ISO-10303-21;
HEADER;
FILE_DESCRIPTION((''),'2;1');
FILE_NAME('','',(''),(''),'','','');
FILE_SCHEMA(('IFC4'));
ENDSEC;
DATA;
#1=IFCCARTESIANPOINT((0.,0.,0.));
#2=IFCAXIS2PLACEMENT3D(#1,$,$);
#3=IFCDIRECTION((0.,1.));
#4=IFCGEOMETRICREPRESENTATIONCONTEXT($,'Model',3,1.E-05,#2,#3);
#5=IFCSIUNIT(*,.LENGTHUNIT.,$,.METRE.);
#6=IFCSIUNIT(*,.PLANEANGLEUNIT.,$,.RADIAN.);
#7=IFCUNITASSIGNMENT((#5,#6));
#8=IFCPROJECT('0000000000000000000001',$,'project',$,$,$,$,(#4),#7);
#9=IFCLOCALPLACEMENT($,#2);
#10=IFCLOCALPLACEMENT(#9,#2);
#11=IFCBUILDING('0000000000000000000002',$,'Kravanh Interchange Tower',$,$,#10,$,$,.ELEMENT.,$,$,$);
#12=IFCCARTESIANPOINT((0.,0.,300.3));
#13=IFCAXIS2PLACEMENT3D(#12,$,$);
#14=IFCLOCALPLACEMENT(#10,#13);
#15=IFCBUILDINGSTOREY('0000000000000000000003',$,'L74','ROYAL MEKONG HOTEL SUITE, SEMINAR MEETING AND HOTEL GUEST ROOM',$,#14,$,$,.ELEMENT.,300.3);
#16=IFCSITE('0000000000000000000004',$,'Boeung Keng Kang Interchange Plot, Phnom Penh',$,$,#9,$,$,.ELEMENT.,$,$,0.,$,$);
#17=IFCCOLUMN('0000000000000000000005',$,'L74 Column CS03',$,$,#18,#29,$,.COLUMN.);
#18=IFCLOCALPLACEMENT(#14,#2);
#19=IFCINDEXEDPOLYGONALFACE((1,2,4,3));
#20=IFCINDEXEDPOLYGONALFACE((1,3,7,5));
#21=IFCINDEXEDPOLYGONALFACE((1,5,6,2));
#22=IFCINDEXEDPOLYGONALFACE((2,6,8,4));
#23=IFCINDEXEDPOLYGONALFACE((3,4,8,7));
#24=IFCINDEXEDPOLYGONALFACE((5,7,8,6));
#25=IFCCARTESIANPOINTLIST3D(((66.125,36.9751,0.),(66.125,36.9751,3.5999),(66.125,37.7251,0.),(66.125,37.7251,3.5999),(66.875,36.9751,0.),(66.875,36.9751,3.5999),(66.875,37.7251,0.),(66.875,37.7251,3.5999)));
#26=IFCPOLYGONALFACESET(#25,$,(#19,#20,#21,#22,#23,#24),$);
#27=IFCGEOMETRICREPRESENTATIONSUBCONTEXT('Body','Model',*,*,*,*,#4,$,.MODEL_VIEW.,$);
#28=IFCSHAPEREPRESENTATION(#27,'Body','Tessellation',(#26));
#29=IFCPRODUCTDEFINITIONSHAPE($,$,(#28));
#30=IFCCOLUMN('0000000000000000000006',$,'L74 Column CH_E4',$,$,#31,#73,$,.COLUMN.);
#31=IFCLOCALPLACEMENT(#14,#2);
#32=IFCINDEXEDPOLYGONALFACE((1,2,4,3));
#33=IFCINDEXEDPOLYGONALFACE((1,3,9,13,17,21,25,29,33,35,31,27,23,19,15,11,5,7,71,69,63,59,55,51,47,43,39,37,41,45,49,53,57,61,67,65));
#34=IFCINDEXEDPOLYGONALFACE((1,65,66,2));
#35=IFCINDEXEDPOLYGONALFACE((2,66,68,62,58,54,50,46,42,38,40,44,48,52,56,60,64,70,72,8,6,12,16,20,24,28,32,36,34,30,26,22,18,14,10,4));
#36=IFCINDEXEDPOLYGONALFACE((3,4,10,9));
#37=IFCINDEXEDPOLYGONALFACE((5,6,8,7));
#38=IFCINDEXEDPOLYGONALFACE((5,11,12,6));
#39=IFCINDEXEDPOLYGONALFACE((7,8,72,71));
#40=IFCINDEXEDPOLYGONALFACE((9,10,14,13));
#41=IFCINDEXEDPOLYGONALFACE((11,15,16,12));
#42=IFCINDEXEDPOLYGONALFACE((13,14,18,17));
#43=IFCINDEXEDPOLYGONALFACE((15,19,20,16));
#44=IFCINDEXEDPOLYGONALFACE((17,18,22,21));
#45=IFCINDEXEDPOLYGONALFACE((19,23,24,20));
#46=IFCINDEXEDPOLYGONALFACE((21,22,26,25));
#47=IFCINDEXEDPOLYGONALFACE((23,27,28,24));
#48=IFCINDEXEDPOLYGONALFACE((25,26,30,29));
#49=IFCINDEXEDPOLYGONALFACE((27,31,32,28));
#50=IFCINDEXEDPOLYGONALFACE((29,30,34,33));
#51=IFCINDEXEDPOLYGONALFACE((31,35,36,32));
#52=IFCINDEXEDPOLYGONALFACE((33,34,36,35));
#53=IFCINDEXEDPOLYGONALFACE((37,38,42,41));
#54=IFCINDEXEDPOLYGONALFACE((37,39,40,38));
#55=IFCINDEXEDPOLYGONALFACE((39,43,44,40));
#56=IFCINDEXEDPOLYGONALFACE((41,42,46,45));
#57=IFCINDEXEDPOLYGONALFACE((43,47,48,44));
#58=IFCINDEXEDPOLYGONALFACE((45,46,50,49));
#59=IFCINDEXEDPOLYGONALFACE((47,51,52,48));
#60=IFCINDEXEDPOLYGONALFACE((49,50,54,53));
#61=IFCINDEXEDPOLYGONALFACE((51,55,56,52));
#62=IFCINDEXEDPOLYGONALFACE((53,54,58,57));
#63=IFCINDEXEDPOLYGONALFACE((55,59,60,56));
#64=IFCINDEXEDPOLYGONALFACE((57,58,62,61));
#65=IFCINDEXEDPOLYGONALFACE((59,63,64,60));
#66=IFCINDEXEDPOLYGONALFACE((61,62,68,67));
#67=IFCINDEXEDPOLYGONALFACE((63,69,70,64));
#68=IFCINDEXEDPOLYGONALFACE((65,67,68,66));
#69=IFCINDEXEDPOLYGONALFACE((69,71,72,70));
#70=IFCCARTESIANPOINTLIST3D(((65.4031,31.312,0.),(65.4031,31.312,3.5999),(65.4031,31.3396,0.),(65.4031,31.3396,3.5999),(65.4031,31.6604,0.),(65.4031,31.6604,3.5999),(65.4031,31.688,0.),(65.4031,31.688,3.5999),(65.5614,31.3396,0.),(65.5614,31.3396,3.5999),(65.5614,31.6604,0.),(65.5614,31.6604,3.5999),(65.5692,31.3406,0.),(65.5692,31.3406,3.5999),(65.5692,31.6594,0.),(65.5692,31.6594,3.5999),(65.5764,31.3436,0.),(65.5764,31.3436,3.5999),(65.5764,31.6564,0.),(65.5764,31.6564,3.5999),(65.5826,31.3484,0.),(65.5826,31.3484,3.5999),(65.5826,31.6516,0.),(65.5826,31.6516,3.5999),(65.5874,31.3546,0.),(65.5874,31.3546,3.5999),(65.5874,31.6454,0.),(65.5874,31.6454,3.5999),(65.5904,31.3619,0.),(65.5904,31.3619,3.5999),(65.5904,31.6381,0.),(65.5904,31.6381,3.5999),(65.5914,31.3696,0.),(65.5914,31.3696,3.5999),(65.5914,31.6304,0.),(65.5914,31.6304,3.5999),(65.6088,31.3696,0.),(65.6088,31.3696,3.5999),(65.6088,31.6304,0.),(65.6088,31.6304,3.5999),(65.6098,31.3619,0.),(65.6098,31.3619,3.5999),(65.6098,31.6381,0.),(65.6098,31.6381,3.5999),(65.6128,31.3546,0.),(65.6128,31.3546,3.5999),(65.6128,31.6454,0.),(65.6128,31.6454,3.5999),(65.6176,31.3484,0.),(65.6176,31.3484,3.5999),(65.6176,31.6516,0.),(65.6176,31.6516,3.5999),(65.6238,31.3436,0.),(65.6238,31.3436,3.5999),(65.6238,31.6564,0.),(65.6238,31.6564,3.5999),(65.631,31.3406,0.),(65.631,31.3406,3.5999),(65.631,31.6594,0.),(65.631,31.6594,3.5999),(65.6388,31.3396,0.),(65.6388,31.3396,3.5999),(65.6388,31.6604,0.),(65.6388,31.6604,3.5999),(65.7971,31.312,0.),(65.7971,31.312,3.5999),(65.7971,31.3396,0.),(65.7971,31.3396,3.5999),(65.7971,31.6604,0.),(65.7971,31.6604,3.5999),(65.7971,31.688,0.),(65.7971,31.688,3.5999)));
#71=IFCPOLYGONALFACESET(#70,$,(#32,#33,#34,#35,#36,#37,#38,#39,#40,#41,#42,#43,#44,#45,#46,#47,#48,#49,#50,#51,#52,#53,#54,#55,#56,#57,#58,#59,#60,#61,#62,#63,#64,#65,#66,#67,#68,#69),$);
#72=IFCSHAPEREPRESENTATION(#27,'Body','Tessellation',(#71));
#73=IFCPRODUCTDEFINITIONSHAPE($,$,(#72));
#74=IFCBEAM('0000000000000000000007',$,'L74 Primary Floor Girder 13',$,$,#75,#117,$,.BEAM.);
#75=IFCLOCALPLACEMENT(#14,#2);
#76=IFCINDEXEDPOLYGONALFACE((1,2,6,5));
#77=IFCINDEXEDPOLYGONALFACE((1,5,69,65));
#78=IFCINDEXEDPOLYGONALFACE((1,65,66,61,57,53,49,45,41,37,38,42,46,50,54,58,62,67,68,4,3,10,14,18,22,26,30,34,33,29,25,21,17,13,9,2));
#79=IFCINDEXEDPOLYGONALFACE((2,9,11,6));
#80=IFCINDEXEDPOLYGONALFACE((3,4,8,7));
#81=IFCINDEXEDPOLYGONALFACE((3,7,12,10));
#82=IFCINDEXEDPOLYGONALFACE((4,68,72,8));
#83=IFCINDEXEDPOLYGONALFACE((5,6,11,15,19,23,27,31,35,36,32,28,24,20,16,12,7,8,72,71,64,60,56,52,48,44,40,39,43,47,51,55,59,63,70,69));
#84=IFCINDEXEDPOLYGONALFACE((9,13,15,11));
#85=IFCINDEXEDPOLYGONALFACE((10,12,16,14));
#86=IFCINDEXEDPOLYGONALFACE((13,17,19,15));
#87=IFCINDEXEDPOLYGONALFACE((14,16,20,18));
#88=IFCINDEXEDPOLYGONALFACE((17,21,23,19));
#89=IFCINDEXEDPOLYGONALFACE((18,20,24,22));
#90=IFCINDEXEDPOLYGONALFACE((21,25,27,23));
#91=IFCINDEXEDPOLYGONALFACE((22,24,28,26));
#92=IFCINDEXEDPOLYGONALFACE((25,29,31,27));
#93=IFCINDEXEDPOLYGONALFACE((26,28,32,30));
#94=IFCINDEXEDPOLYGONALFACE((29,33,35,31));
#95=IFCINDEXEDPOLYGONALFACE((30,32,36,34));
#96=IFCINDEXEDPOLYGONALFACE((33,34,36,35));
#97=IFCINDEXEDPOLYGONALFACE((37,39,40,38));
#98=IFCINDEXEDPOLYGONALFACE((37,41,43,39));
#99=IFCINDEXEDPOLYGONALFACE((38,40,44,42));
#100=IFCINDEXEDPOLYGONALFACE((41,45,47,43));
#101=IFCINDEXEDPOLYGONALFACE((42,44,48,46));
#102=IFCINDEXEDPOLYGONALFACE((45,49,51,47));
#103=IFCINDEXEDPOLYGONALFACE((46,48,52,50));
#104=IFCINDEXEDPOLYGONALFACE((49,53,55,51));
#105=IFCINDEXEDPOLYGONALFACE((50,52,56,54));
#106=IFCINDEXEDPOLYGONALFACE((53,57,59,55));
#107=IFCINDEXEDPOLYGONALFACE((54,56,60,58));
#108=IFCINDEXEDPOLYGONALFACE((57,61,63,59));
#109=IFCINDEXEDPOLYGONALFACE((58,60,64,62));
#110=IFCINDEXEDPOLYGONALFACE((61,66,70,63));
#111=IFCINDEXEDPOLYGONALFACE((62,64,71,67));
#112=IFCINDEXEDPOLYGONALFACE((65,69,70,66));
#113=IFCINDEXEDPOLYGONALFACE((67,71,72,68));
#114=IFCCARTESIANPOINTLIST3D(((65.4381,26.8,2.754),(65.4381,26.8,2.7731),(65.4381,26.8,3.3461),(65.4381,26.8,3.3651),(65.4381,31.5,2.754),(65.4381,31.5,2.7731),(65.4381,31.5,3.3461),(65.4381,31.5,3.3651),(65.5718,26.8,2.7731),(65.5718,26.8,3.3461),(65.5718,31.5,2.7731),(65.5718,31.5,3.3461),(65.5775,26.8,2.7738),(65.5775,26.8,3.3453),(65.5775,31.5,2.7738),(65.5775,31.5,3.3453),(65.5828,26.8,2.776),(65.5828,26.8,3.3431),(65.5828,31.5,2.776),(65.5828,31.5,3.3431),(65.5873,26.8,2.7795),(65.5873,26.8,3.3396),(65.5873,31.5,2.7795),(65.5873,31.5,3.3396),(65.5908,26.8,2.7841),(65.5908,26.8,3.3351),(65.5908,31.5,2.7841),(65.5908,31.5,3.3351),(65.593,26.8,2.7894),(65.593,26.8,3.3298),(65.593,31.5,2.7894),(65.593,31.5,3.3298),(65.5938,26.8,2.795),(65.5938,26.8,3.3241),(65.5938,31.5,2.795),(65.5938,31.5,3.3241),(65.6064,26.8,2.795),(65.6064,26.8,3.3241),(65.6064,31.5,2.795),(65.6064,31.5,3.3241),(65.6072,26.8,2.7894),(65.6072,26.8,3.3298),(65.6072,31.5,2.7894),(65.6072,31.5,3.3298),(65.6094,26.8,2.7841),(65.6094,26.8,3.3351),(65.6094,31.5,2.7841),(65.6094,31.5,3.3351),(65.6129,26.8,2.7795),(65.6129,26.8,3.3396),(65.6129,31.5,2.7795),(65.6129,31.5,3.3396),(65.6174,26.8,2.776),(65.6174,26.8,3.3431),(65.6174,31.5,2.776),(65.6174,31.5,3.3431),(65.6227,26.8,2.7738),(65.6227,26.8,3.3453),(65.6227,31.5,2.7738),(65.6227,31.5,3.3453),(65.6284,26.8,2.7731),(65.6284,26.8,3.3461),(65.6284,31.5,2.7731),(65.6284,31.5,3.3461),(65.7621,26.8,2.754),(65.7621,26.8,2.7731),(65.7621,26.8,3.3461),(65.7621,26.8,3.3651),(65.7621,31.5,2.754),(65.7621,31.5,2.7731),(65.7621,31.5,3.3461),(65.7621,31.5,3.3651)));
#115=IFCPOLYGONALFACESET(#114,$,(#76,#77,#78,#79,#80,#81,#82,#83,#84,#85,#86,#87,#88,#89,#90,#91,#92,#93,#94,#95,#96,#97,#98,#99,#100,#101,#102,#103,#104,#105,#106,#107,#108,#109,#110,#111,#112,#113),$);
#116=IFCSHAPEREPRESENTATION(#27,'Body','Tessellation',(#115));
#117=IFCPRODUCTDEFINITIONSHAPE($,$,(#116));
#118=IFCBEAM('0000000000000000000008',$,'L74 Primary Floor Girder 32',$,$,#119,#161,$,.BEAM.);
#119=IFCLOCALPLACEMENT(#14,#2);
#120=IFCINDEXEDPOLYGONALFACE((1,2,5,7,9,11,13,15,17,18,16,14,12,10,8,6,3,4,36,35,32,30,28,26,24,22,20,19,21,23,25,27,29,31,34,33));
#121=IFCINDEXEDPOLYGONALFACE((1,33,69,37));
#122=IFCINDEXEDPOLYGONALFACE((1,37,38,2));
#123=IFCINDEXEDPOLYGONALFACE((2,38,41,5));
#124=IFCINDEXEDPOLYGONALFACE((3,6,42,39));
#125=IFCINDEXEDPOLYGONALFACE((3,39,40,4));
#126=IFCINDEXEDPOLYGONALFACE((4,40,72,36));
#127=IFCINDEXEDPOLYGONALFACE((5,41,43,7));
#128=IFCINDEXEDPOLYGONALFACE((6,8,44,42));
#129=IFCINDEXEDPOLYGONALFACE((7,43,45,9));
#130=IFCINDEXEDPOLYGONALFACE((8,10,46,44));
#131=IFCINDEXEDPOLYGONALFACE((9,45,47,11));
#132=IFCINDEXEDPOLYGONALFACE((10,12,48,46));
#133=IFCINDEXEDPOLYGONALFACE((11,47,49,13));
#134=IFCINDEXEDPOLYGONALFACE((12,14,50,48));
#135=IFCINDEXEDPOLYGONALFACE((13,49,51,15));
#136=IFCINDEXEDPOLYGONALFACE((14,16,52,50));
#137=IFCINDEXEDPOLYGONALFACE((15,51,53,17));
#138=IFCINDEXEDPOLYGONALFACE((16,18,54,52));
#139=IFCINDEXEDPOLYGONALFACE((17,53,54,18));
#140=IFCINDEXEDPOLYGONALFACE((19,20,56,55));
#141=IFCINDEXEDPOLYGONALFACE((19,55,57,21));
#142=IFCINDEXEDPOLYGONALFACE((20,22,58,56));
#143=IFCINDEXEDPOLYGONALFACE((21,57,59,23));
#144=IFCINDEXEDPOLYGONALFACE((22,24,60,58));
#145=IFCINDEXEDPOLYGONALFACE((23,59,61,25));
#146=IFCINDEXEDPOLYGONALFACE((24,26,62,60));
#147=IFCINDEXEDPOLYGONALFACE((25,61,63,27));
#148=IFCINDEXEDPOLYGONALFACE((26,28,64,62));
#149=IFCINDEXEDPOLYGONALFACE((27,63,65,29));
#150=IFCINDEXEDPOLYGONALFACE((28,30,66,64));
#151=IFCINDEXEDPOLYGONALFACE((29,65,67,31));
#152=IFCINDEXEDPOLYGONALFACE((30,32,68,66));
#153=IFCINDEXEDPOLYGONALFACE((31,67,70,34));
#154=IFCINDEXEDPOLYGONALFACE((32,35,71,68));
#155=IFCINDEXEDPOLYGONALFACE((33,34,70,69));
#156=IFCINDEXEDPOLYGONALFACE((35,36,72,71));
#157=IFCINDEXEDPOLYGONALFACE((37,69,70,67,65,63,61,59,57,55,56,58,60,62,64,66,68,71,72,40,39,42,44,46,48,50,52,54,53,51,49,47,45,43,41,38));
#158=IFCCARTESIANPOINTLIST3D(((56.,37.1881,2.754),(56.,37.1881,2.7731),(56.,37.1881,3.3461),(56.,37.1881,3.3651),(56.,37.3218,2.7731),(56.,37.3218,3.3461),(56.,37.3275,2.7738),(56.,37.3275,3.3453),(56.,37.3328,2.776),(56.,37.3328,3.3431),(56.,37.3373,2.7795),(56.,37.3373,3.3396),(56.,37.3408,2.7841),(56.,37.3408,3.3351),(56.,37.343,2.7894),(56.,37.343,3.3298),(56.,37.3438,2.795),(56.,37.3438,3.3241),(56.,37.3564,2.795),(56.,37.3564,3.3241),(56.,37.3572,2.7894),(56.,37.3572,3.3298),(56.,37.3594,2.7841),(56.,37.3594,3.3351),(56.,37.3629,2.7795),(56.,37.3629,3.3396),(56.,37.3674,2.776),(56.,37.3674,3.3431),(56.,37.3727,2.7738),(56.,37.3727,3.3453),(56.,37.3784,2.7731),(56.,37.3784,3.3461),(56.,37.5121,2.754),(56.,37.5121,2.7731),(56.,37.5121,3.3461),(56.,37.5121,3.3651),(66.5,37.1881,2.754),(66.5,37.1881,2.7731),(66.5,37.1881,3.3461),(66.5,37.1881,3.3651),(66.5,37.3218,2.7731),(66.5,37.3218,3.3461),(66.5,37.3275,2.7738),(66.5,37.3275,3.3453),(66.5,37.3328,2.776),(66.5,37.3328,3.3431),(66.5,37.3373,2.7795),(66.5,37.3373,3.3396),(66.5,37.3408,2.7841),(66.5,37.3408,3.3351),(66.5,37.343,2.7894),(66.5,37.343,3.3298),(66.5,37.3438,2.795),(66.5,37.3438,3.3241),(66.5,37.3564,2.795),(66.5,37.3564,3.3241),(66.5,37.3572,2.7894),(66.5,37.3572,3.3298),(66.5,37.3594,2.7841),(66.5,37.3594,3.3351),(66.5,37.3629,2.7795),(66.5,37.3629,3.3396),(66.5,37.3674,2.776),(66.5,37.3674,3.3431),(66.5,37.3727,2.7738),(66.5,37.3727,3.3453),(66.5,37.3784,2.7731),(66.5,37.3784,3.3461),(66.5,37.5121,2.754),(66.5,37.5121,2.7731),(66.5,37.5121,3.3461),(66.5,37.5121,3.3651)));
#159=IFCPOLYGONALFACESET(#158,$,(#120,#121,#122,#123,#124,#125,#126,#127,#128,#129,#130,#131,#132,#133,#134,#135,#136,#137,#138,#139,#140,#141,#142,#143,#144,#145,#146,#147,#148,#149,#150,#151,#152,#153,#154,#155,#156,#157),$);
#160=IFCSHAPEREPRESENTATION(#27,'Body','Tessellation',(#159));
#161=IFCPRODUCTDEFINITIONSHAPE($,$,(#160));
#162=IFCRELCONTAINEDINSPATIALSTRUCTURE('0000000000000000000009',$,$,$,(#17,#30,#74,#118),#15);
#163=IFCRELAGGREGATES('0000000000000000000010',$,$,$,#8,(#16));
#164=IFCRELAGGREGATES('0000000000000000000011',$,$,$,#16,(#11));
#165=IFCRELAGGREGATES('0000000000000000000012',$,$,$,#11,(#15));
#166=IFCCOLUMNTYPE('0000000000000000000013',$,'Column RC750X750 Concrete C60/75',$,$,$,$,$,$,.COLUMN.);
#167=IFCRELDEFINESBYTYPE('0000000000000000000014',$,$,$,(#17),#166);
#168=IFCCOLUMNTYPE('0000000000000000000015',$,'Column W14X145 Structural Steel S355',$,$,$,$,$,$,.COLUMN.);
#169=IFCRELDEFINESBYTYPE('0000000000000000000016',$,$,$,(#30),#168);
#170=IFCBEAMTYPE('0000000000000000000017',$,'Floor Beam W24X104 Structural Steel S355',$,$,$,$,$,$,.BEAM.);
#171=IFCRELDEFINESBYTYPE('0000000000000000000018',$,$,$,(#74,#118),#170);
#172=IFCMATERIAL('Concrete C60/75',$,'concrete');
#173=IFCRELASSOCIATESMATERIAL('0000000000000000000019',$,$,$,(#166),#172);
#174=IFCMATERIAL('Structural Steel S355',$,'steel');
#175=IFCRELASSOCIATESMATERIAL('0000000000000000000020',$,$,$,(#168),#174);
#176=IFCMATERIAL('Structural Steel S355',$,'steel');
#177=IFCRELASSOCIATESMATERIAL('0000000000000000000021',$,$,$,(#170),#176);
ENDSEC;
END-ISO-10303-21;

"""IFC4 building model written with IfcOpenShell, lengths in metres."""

from ifc_helpers import new_model, si_unit, direction, frame, origin, origin_2d, place, context, subcontext, project, spatial, rectangle, i_section, extrude, material, material_profile, profile_set, type_object, element, save


model = new_model("IFC4")

# Units and contexts
model_context = context("Model", 3, precision=1e-05, world=origin(), true_north=direction((0.0, 1.0)))
body_context = subcontext(model_context, "Body", "Model", "MODEL_VIEW")
ifc_project = project(units=[si_unit("LENGTHUNIT", "METRE"), si_unit("PLANEANGLEUNIT", "RADIAN")], contexts=[model_context])

# Site, building, storey
site_placement = place(None, origin())
site = spatial("IfcSite", under=ifc_project, at=site_placement, Name="Boeung Keng Kang Interchange Plot, Phnom Penh", CompositionType="ELEMENT", RefElevation=0.0)
building_placement = place(site_placement, origin())
building = spatial("IfcBuilding", under=site, at=building_placement, Name="Kravanh Interchange Tower", CompositionType="ELEMENT")
storey_placement = place(building_placement, frame((0.0, 0.0, 300.3)))
storey = spatial("IfcBuildingStorey", under=building, at=storey_placement, Name="L74", Description="ROYAL MEKONG HOTEL SUITE, SEMINAR MEETING AND HOTEL GUEST ROOM", CompositionType="ELEMENT", Elevation=300.3)

# Columns
ifc_material_1 = material(Name="Concrete C60/75", Category="concrete")
ifc_material_profile_1 = material_profile(ifc_material_1, rectangle(XDim=0.75, YDim=0.75, at=origin_2d()), Name="RC750X750")
ifc_profile_set_1 = profile_set([ifc_material_profile_1], Name="Concrete C60/75")
column_type_1 = type_object("IfcColumnType", Name="Column RC750X750 Concrete C60/75", PredefinedType="COLUMN", material=ifc_profile_set_1)
column_1_placement = place(storey_placement, frame((66.5, 37.3501, 0.0), z_axis=(0.0, 0.0, 1.0), x_axis=(1.0, 0.0, 0.0)))
element("IfcColumn", 1, at=column_1_placement, inside=storey, type_object=column_type_1, Name="L74 Column CS03", PredefinedType="COLUMN", context=body_context, shape_type="SweptSolid", body=[
    extrude(rectangle(XDim=0.75, YDim=0.75, at=origin_2d()), origin(), (0.0, 0.0, 1.0), 3.5999),
])
ifc_material_2 = material(Name="Structural Steel S355", Category="steel")
ifc_material_profile_2 = material_profile(ifc_material_2, i_section(OverallWidth=0.394, OverallDepth=0.376, WebThickness=0.0173, FlangeThickness=0.0276, FilletRadius=0.03, at=origin_2d()), Name="W14X145")
ifc_profile_set_2 = profile_set([ifc_material_profile_2], Name="Structural Steel S355")
column_type_2 = type_object("IfcColumnType", Name="Column W14X145 Structural Steel S355", PredefinedType="COLUMN", material=ifc_profile_set_2)
column_2_placement = place(storey_placement, frame((65.6001, 31.5, 0.0), z_axis=(0.0, 0.0, 1.0), x_axis=(1.0, 0.0, 0.0)))
element("IfcColumn", 2, at=column_2_placement, inside=storey, type_object=column_type_2, Name="L74 Column CH_E4", PredefinedType="COLUMN", context=body_context, shape_type="SweptSolid", body=[
    extrude(i_section(OverallWidth=0.394, OverallDepth=0.376, WebThickness=0.0173, FlangeThickness=0.0276, FilletRadius=0.03, at=origin_2d()), origin(), (0.0, 0.0, 1.0), 3.5999),
])

# Beams
ifc_material_3 = material(Name="Structural Steel S355", Category="steel")
ifc_material_profile_3 = material_profile(ifc_material_3, i_section(OverallWidth=0.324, OverallDepth=0.6111, WebThickness=0.0127, FlangeThickness=0.019, FilletRadius=0.022, at=origin_2d()), Name="W24X104")
ifc_profile_set_3 = profile_set([ifc_material_profile_3], Name="Structural Steel S355")
beam_type_1 = type_object("IfcBeamType", Name="Floor Beam W24X104 Structural Steel S355", PredefinedType="BEAM", material=ifc_profile_set_3)
beam_1_placement = place(storey_placement, frame((65.6001, 31.5, 3.0596), z_axis=(0.0, -1.0, 0.0), x_axis=(1.0, 0.0, 0.0)))
element("IfcBeam", 3, at=beam_1_placement, inside=storey, type_object=beam_type_1, Name="L74 Primary Floor Girder 13", PredefinedType="BEAM", context=body_context, shape_type="SweptSolid", body=[
    extrude(i_section(OverallWidth=0.324, OverallDepth=0.6111, WebThickness=0.0127, FlangeThickness=0.019, FilletRadius=0.022, at=origin_2d()), origin(), (0.0, 0.0, 1.0), 4.7),
])
beam_2_placement = place(storey_placement, frame((66.5, 37.3501, 3.0596), z_axis=(-1.0, 0.0, 0.0), x_axis=(0.0, -1.0, 0.0)))
element("IfcBeam", 4, at=beam_2_placement, inside=storey, type_object=beam_type_1, Name="L74 Primary Floor Girder 32", PredefinedType="BEAM", context=body_context, shape_type="SweptSolid", body=[
    extrude(i_section(OverallWidth=0.324, OverallDepth=0.6111, WebThickness=0.0127, FlangeThickness=0.019, FilletRadius=0.022, at=origin_2d()), origin(), (0.0, 0.0, 1.0), 10.5),
])

save(model, "model.ifc")
